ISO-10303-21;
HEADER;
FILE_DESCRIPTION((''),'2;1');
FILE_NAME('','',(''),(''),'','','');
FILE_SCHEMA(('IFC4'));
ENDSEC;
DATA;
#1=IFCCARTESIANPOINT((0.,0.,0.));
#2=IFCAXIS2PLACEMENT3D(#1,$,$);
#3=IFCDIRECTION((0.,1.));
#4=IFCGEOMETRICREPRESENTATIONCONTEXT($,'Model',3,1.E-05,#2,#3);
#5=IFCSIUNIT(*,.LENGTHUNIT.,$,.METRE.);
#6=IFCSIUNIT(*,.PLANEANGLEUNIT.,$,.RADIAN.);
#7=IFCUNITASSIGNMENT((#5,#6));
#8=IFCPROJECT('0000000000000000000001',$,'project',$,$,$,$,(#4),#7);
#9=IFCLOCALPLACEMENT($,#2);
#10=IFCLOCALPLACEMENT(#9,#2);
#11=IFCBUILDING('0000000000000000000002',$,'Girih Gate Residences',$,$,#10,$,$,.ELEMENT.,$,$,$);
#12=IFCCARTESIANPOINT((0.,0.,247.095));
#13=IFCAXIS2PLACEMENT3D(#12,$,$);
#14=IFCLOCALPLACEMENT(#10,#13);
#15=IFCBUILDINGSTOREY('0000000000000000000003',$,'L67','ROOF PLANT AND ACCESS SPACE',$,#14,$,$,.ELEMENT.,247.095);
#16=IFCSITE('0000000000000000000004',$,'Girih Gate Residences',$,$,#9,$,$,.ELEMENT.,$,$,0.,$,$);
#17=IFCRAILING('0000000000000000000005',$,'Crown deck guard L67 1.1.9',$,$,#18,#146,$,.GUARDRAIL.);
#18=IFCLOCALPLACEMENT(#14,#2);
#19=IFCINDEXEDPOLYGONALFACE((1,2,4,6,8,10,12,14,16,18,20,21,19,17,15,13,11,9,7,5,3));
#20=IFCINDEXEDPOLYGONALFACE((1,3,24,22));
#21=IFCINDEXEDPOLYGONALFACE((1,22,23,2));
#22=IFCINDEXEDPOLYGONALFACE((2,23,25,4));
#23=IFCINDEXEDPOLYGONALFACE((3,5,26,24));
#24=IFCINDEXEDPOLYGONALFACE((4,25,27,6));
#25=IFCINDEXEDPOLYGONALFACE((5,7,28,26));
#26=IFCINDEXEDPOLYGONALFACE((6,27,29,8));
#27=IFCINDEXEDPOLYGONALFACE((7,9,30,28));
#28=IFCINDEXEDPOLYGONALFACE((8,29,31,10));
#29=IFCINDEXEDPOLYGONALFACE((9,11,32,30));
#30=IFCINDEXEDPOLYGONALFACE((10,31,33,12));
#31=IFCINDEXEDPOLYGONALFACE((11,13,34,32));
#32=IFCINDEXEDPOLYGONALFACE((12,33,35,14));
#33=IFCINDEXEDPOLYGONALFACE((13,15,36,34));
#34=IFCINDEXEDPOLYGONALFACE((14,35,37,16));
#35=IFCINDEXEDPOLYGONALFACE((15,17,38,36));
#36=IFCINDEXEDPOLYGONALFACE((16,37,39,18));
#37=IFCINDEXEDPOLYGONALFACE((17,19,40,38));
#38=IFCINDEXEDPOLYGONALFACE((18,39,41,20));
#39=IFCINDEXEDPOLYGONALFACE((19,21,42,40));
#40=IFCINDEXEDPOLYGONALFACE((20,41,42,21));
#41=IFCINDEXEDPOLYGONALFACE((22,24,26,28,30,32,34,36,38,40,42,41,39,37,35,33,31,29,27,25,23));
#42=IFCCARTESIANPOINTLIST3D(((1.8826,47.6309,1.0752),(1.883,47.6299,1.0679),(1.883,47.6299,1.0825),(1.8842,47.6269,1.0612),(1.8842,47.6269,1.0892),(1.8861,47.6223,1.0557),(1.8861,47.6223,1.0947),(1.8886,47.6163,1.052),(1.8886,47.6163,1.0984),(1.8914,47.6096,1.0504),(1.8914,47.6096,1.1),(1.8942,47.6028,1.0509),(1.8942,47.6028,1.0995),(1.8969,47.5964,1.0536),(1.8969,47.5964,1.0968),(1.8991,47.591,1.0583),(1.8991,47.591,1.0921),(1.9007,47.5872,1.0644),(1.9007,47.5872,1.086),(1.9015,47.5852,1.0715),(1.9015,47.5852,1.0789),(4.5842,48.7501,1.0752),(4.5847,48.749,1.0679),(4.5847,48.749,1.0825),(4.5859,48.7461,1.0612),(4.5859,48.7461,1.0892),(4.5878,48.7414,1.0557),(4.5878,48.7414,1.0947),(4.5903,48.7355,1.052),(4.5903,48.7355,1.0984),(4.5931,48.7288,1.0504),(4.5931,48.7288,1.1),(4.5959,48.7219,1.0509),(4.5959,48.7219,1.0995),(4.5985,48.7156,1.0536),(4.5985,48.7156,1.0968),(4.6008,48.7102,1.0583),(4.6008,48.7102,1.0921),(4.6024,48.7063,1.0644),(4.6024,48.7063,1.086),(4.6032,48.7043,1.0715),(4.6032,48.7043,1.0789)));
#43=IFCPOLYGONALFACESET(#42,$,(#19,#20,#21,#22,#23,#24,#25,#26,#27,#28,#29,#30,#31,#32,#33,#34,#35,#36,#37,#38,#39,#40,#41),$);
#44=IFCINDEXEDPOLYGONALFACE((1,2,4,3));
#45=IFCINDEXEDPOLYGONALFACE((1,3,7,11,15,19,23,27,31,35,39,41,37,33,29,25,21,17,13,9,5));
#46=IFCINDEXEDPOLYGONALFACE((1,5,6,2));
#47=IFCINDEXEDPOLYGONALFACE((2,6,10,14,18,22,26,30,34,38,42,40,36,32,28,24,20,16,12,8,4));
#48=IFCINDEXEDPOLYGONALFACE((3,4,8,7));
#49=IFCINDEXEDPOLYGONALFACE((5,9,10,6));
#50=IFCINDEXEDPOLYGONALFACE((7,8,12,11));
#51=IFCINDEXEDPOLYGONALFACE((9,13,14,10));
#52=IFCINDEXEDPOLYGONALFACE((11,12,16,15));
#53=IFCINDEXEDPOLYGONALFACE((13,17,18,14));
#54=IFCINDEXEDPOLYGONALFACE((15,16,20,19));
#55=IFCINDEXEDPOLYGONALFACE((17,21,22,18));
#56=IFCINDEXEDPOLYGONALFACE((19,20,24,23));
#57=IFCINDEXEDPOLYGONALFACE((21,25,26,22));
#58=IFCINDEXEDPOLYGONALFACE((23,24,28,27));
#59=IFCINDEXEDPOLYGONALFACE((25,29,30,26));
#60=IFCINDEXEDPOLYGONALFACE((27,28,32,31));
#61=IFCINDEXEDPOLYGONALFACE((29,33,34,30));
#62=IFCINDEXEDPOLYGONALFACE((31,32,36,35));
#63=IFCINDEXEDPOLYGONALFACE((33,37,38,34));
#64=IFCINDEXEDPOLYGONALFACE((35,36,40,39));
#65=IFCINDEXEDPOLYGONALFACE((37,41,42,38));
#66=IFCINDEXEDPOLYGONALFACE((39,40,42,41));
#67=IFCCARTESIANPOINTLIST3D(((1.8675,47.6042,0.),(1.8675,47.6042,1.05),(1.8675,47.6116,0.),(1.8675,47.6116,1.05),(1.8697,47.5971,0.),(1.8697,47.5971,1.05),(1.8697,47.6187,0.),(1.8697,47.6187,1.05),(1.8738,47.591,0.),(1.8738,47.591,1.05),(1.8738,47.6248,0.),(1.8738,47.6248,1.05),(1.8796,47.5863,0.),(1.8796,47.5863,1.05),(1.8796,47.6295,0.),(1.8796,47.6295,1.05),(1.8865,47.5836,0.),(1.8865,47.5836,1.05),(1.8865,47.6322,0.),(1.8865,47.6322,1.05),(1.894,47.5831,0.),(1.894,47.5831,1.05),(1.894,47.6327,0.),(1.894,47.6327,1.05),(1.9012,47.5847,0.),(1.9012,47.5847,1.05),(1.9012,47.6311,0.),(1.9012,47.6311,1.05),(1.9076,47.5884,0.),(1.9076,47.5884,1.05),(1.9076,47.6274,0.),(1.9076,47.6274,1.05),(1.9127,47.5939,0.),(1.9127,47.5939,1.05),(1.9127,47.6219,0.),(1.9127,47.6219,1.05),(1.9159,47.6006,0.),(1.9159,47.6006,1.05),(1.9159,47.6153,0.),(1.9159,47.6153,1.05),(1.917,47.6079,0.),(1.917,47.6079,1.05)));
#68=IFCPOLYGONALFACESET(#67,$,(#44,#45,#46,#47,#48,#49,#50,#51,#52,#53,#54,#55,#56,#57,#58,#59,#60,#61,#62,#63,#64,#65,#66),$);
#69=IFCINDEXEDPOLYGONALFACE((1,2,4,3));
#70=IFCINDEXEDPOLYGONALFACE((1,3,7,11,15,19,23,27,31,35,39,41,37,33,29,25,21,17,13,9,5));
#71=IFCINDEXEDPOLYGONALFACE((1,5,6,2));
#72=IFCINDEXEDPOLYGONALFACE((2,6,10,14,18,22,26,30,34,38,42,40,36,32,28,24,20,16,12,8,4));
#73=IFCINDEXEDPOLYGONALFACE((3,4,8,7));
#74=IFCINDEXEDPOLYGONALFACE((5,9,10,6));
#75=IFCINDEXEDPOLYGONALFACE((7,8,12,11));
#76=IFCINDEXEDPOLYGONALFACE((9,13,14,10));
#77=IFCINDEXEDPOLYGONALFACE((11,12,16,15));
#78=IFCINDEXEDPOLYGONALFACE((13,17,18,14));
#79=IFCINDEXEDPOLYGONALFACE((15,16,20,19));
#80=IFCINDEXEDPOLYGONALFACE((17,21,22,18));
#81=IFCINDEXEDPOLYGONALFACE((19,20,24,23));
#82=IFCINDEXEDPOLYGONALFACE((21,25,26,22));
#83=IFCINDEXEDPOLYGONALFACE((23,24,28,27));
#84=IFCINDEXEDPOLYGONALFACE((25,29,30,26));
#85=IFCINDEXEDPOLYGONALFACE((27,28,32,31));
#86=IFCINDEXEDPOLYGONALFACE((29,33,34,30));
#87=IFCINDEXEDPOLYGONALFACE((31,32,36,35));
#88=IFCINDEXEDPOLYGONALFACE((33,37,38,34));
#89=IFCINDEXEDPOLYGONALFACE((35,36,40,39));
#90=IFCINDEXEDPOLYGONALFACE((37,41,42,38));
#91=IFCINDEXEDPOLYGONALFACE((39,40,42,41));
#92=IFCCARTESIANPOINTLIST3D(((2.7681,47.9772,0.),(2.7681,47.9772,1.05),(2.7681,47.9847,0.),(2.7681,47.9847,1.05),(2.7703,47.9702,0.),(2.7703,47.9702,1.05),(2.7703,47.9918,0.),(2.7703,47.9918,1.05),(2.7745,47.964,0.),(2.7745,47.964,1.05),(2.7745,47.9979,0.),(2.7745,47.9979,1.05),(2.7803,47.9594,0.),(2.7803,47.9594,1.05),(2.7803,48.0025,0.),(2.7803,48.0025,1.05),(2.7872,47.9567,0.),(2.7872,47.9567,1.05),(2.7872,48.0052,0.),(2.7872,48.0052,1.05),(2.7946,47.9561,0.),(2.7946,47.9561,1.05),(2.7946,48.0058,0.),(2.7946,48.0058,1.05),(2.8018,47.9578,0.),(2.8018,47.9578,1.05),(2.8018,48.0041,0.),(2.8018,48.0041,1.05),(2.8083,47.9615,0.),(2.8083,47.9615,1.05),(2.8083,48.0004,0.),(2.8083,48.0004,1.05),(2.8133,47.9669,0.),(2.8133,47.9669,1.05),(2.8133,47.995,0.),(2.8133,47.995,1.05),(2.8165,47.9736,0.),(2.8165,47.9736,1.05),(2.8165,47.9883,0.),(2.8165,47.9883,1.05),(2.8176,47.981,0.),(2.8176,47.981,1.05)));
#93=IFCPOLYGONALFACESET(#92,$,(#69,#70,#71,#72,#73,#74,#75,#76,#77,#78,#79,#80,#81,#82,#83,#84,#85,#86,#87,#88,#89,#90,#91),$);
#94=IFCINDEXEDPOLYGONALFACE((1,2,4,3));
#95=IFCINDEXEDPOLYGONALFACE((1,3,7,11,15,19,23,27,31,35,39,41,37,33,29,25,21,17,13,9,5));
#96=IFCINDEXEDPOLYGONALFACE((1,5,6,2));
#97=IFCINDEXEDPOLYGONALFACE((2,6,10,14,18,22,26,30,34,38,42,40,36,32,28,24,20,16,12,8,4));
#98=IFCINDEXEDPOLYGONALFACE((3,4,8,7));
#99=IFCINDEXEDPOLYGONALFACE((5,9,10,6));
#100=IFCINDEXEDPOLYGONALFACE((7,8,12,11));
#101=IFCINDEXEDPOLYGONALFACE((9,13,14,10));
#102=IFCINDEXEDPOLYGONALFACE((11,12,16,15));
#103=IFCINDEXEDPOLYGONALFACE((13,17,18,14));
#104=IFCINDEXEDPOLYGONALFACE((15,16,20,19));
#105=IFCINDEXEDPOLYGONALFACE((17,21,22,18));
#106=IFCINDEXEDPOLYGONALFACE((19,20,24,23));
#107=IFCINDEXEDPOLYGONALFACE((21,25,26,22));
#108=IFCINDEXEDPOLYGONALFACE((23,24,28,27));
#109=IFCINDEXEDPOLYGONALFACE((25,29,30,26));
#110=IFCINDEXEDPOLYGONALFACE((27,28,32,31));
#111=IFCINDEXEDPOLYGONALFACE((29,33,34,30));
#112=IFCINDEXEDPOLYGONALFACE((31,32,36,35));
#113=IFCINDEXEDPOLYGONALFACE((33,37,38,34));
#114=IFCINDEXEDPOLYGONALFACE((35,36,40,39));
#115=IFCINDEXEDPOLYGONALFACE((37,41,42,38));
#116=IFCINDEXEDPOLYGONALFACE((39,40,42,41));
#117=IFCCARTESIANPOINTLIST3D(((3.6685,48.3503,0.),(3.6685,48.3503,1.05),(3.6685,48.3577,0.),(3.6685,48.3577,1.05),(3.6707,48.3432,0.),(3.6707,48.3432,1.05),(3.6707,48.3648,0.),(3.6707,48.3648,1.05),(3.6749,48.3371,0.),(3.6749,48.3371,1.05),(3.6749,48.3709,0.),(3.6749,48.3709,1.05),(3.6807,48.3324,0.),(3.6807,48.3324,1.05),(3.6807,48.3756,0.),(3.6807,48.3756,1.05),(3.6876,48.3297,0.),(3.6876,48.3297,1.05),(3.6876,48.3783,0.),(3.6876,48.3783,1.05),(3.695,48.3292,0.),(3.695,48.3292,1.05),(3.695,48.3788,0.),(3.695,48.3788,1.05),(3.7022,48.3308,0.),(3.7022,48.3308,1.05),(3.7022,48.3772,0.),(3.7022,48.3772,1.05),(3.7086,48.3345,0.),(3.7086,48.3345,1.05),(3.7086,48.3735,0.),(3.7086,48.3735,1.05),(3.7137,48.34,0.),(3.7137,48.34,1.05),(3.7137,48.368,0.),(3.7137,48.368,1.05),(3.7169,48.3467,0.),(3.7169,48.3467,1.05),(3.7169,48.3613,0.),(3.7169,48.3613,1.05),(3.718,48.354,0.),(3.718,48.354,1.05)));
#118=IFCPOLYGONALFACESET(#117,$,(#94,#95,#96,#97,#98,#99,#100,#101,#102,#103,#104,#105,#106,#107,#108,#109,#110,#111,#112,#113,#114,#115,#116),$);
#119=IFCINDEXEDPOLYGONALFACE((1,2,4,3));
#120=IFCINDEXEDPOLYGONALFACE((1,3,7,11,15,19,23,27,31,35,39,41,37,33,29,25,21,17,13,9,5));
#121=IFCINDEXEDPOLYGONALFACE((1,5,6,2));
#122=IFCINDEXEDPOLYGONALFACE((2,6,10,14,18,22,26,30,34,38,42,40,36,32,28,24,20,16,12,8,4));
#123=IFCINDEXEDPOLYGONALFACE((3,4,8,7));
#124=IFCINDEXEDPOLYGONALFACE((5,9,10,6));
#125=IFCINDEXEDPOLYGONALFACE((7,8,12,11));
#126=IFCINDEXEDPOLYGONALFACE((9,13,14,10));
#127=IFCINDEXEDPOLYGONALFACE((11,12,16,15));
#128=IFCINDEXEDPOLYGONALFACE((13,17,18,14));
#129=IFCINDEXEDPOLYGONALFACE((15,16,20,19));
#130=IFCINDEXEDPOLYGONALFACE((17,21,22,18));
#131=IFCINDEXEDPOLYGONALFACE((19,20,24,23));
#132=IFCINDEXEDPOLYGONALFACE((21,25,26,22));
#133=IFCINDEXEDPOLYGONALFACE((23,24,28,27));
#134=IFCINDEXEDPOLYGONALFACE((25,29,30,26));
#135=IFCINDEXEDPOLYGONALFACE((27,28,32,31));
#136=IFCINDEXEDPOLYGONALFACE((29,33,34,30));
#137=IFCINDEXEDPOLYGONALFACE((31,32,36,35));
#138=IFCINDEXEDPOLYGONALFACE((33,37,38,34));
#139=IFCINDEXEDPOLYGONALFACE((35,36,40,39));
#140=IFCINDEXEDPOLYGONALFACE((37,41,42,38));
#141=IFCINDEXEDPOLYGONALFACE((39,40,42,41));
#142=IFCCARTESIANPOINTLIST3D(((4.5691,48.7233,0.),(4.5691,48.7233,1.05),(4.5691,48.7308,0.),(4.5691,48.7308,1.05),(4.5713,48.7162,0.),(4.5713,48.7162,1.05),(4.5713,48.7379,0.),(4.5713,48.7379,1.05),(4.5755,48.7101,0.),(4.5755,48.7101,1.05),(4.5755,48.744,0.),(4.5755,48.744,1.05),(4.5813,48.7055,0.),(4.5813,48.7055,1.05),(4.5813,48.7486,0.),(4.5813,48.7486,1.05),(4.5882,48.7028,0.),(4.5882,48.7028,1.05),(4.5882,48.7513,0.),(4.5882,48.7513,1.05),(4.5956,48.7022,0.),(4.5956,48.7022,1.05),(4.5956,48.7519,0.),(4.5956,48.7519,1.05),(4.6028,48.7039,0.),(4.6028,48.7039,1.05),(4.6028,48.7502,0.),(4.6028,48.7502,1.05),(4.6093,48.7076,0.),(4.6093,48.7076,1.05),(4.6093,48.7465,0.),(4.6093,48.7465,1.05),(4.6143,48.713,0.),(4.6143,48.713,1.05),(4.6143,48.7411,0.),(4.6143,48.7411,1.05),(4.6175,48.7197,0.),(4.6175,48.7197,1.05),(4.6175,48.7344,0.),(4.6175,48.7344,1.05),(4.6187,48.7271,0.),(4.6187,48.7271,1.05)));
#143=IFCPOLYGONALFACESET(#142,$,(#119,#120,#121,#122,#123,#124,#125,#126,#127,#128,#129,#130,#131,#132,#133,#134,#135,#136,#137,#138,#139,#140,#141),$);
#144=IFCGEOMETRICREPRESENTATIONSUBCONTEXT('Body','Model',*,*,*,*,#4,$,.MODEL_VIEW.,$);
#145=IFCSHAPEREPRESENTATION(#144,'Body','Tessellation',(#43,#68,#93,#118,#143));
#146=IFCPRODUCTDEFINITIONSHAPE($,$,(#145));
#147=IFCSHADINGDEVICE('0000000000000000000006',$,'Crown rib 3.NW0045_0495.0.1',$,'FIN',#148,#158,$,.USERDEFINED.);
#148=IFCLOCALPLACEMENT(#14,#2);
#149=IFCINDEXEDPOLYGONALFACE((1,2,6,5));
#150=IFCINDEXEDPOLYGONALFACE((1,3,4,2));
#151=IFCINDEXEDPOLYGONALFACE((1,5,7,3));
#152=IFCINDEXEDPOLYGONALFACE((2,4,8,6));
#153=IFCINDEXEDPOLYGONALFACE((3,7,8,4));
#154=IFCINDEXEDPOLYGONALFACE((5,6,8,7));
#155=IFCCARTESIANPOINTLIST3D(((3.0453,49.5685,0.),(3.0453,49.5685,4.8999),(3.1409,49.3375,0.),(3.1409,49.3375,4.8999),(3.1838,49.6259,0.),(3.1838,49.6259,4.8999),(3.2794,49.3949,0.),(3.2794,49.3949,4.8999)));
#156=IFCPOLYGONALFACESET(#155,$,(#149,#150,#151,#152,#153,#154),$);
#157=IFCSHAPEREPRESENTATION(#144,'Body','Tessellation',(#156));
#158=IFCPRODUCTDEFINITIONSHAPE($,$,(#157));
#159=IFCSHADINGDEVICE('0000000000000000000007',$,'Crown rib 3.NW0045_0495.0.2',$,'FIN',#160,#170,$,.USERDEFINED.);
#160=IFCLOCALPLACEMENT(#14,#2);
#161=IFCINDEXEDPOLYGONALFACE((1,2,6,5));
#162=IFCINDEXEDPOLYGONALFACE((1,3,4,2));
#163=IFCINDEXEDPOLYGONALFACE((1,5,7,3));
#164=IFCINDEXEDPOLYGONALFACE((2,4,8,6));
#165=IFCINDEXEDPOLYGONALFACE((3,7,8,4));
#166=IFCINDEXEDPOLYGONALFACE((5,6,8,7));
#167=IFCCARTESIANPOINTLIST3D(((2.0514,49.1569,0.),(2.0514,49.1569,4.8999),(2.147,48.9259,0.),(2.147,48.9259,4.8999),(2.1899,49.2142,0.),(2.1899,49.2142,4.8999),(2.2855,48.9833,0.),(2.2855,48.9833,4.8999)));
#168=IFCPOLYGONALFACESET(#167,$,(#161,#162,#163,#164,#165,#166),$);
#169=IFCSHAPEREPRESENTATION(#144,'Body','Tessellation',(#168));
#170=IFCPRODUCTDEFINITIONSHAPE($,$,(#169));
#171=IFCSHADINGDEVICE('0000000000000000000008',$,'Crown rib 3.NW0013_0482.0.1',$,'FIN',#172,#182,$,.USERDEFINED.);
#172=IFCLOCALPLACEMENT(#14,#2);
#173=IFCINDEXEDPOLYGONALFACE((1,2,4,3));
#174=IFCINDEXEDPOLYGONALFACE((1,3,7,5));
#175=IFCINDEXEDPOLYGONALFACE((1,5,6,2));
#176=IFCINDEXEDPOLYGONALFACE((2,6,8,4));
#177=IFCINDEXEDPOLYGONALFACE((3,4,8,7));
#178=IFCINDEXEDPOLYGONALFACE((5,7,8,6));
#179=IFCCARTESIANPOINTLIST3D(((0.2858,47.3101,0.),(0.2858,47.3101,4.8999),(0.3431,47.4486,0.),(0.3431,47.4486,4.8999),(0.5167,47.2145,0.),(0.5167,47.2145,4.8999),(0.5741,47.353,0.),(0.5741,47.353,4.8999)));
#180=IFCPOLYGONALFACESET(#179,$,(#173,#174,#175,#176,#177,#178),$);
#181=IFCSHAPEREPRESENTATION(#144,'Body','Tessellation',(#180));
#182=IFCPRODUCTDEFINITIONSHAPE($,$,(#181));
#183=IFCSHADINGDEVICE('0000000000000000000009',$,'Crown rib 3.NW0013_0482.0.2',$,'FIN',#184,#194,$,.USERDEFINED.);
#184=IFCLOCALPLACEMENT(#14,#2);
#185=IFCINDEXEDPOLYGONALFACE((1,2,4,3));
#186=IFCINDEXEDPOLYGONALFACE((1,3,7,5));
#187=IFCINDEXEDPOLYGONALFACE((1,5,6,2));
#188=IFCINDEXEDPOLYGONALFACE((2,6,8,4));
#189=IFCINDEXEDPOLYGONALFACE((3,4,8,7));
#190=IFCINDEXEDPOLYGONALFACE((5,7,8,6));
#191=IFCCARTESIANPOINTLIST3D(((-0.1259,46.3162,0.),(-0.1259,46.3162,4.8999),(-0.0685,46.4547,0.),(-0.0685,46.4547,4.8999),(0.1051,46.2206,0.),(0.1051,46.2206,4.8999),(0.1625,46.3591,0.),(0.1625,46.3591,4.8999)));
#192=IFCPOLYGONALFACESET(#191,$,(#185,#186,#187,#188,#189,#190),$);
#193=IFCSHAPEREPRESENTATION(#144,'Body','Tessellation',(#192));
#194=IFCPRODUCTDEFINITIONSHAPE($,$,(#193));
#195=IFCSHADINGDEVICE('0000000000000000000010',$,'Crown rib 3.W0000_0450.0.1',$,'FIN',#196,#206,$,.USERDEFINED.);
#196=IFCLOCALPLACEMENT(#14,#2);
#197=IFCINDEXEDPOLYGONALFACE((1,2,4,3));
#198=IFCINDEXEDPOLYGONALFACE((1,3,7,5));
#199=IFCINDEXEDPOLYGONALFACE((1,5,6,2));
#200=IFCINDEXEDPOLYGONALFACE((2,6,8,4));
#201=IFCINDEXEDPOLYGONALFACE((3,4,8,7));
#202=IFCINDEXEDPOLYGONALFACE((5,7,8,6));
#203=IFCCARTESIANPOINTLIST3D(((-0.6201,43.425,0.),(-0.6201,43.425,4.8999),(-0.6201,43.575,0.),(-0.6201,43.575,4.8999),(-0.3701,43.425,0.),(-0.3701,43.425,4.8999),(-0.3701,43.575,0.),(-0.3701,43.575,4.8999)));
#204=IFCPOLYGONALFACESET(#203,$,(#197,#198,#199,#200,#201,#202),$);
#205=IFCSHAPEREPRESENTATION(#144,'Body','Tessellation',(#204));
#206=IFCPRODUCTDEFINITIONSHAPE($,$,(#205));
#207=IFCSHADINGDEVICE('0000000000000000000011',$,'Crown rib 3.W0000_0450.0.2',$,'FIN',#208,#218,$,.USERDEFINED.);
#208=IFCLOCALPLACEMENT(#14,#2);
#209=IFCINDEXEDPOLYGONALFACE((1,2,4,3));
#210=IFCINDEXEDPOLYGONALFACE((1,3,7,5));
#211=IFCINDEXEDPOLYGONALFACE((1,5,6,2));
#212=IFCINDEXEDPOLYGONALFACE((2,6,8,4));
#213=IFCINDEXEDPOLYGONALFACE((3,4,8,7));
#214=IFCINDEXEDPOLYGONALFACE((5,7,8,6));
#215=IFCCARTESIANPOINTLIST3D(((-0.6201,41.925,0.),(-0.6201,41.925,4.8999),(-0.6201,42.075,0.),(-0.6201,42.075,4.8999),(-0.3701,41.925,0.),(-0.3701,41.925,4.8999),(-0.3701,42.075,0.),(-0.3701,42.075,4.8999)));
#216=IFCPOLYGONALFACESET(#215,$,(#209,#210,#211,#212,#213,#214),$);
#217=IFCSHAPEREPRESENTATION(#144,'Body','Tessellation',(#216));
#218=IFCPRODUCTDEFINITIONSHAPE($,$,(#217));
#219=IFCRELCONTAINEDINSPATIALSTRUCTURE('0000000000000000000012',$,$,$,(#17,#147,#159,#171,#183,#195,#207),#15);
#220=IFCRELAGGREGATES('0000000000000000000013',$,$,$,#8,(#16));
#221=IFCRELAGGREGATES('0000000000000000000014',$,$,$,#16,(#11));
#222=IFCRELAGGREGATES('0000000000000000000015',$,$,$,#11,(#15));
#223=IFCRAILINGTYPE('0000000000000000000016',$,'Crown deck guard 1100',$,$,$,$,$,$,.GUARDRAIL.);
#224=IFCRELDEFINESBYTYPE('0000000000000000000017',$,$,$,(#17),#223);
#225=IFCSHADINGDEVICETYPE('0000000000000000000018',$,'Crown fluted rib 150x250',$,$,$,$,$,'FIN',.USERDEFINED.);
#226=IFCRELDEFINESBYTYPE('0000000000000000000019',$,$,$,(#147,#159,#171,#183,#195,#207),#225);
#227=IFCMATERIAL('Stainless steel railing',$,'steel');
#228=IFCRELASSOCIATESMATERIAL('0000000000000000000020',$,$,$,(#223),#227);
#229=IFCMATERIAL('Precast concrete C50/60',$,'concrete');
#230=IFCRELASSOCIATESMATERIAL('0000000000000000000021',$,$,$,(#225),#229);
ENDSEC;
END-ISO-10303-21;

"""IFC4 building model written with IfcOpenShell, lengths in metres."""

from ifc_helpers import new_model, si_unit, direction, frame, origin, origin_2d, place, context, subcontext, project, spatial, rectangle, circle, extrude, material, type_object, element, save


model = new_model("IFC4")

# Units and contexts
model_context = context("Model", 3, precision=1e-05, world=origin(), true_north=direction((0.0, 1.0)))
body_context = subcontext(model_context, "Body", "Model", "MODEL_VIEW")
ifc_project = project(units=[si_unit("LENGTHUNIT", "METRE"), si_unit("PLANEANGLEUNIT", "RADIAN")], contexts=[model_context])

# Site, building, storey
site_placement = place(None, origin())
site = spatial("IfcSite", under=ifc_project, at=site_placement, Name="Girih Gate Residences", CompositionType="ELEMENT", RefElevation=0.0)
building_placement = place(site_placement, origin())
building = spatial("IfcBuilding", under=site, at=building_placement, Name="Girih Gate Residences", CompositionType="ELEMENT")
storey_placement = place(building_placement, frame((0.0, 0.0, 247.095)))
storey = spatial("IfcBuildingStorey", under=building, at=storey_placement, Name="L67", Description="ROOF PLANT AND ACCESS SPACE", CompositionType="ELEMENT", Elevation=247.095)

# Railing
ifc_material_1 = material(Name="Stainless steel railing", Category="steel")
railing_type = type_object("IfcRailingType", Name="Crown deck guard 1100", PredefinedType="GUARDRAIL", material=ifc_material_1)
railing_1_placement = place(storey_placement, frame((1.8921, 47.6079, 0.0)))
element("IfcRailing", 1, at=railing_1_placement, inside=storey, type_object=railing_type, Name="Crown deck guard L67 1.1.9", PredefinedType="GUARDRAIL", context=body_context, shape_type="SweptSolid", body=[
    extrude(circle(Radius=0.0249, at=origin_2d()), frame((0.0, 0.0, 1.0752), z_axis=(0.92387, 0.382706, 0.0), x_axis=(-0.382706, 0.92387, 0.0)), (0.0, 0.0, 1.0), 2.9243),
    extrude(circle(Radius=0.0249, at=origin_2d()), origin(), (0.0, 0.0, 1.0), 1.05),
    extrude(circle(Radius=0.0249, at=origin_2d()), frame((0.9006, 0.373, 0.0)), (0.0, 0.0, 1.0), 1.05),
    extrude(circle(Radius=0.0249, at=origin_2d()), frame((1.801, 0.7461, 0.0)), (0.0, 0.0, 1.0), 1.05),
    extrude(circle(Radius=0.0249, at=origin_2d()), frame((2.7017, 1.1191, 0.0)), (0.0, 0.0, 1.0), 1.05),
])

# Shading devices
ifc_material_2 = material(Name="Precast concrete C50/60", Category="concrete")
shading_device_type_1 = type_object("IfcShadingDeviceType", Name="Crown fluted rib 150x250", ElementType="FIN", PredefinedType="USERDEFINED", material=ifc_material_2)
for number, where, z_axis, x_axis, name in (
    (2, (3.1624, 49.4817, 0.0), (0.0, 0.0, 1.0), (-0.92388, -0.382683, 0.0), "Crown rib 3.NW0045_0495.0.1"),
    (3, (2.1685, 49.0701, 0.0), (0.0, 0.0, 1.0), (-0.92388, -0.382683, 0.0), "Crown rib 3.NW0045_0495.0.2"),
    (4, (0.4299, 47.3315, 0.0), (0.0, 0.0, 1.0), (-0.382683, -0.92388, 0.0), "Crown rib 3.NW0013_0482.0.1"),
    (5, (0.0183, 46.3376, 0.0), (0.0, 0.0, 1.0), (-0.382683, -0.92388, 0.0), "Crown rib 3.NW0013_0482.0.2"),
    (6, (-0.4951, 43.5, 0.0), (0.0, 0.0, 1.0), (0.0, -1.0, 0.0), "Crown rib 3.W0000_0450.0.1"),
    (7, (-0.4951, 42.0, 0.0), (0.0, 0.0, 1.0), (0.0, -1.0, 0.0), "Crown rib 3.W0000_0450.0.2"),
):
    element("IfcShadingDevice", number, at=place(storey_placement, frame(where, z_axis=z_axis, x_axis=x_axis)), inside=storey, type_object=shading_device_type_1, Name=name, ObjectType="FIN", PredefinedType="USERDEFINED", context=body_context, shape_type="SweptSolid", body=[
        extrude(rectangle(XDim=0.1499, YDim=0.25, at=origin_2d()), origin(), (0.0, 0.0, 1.0), 4.8999),
    ])

save(model, "model.ifc")
